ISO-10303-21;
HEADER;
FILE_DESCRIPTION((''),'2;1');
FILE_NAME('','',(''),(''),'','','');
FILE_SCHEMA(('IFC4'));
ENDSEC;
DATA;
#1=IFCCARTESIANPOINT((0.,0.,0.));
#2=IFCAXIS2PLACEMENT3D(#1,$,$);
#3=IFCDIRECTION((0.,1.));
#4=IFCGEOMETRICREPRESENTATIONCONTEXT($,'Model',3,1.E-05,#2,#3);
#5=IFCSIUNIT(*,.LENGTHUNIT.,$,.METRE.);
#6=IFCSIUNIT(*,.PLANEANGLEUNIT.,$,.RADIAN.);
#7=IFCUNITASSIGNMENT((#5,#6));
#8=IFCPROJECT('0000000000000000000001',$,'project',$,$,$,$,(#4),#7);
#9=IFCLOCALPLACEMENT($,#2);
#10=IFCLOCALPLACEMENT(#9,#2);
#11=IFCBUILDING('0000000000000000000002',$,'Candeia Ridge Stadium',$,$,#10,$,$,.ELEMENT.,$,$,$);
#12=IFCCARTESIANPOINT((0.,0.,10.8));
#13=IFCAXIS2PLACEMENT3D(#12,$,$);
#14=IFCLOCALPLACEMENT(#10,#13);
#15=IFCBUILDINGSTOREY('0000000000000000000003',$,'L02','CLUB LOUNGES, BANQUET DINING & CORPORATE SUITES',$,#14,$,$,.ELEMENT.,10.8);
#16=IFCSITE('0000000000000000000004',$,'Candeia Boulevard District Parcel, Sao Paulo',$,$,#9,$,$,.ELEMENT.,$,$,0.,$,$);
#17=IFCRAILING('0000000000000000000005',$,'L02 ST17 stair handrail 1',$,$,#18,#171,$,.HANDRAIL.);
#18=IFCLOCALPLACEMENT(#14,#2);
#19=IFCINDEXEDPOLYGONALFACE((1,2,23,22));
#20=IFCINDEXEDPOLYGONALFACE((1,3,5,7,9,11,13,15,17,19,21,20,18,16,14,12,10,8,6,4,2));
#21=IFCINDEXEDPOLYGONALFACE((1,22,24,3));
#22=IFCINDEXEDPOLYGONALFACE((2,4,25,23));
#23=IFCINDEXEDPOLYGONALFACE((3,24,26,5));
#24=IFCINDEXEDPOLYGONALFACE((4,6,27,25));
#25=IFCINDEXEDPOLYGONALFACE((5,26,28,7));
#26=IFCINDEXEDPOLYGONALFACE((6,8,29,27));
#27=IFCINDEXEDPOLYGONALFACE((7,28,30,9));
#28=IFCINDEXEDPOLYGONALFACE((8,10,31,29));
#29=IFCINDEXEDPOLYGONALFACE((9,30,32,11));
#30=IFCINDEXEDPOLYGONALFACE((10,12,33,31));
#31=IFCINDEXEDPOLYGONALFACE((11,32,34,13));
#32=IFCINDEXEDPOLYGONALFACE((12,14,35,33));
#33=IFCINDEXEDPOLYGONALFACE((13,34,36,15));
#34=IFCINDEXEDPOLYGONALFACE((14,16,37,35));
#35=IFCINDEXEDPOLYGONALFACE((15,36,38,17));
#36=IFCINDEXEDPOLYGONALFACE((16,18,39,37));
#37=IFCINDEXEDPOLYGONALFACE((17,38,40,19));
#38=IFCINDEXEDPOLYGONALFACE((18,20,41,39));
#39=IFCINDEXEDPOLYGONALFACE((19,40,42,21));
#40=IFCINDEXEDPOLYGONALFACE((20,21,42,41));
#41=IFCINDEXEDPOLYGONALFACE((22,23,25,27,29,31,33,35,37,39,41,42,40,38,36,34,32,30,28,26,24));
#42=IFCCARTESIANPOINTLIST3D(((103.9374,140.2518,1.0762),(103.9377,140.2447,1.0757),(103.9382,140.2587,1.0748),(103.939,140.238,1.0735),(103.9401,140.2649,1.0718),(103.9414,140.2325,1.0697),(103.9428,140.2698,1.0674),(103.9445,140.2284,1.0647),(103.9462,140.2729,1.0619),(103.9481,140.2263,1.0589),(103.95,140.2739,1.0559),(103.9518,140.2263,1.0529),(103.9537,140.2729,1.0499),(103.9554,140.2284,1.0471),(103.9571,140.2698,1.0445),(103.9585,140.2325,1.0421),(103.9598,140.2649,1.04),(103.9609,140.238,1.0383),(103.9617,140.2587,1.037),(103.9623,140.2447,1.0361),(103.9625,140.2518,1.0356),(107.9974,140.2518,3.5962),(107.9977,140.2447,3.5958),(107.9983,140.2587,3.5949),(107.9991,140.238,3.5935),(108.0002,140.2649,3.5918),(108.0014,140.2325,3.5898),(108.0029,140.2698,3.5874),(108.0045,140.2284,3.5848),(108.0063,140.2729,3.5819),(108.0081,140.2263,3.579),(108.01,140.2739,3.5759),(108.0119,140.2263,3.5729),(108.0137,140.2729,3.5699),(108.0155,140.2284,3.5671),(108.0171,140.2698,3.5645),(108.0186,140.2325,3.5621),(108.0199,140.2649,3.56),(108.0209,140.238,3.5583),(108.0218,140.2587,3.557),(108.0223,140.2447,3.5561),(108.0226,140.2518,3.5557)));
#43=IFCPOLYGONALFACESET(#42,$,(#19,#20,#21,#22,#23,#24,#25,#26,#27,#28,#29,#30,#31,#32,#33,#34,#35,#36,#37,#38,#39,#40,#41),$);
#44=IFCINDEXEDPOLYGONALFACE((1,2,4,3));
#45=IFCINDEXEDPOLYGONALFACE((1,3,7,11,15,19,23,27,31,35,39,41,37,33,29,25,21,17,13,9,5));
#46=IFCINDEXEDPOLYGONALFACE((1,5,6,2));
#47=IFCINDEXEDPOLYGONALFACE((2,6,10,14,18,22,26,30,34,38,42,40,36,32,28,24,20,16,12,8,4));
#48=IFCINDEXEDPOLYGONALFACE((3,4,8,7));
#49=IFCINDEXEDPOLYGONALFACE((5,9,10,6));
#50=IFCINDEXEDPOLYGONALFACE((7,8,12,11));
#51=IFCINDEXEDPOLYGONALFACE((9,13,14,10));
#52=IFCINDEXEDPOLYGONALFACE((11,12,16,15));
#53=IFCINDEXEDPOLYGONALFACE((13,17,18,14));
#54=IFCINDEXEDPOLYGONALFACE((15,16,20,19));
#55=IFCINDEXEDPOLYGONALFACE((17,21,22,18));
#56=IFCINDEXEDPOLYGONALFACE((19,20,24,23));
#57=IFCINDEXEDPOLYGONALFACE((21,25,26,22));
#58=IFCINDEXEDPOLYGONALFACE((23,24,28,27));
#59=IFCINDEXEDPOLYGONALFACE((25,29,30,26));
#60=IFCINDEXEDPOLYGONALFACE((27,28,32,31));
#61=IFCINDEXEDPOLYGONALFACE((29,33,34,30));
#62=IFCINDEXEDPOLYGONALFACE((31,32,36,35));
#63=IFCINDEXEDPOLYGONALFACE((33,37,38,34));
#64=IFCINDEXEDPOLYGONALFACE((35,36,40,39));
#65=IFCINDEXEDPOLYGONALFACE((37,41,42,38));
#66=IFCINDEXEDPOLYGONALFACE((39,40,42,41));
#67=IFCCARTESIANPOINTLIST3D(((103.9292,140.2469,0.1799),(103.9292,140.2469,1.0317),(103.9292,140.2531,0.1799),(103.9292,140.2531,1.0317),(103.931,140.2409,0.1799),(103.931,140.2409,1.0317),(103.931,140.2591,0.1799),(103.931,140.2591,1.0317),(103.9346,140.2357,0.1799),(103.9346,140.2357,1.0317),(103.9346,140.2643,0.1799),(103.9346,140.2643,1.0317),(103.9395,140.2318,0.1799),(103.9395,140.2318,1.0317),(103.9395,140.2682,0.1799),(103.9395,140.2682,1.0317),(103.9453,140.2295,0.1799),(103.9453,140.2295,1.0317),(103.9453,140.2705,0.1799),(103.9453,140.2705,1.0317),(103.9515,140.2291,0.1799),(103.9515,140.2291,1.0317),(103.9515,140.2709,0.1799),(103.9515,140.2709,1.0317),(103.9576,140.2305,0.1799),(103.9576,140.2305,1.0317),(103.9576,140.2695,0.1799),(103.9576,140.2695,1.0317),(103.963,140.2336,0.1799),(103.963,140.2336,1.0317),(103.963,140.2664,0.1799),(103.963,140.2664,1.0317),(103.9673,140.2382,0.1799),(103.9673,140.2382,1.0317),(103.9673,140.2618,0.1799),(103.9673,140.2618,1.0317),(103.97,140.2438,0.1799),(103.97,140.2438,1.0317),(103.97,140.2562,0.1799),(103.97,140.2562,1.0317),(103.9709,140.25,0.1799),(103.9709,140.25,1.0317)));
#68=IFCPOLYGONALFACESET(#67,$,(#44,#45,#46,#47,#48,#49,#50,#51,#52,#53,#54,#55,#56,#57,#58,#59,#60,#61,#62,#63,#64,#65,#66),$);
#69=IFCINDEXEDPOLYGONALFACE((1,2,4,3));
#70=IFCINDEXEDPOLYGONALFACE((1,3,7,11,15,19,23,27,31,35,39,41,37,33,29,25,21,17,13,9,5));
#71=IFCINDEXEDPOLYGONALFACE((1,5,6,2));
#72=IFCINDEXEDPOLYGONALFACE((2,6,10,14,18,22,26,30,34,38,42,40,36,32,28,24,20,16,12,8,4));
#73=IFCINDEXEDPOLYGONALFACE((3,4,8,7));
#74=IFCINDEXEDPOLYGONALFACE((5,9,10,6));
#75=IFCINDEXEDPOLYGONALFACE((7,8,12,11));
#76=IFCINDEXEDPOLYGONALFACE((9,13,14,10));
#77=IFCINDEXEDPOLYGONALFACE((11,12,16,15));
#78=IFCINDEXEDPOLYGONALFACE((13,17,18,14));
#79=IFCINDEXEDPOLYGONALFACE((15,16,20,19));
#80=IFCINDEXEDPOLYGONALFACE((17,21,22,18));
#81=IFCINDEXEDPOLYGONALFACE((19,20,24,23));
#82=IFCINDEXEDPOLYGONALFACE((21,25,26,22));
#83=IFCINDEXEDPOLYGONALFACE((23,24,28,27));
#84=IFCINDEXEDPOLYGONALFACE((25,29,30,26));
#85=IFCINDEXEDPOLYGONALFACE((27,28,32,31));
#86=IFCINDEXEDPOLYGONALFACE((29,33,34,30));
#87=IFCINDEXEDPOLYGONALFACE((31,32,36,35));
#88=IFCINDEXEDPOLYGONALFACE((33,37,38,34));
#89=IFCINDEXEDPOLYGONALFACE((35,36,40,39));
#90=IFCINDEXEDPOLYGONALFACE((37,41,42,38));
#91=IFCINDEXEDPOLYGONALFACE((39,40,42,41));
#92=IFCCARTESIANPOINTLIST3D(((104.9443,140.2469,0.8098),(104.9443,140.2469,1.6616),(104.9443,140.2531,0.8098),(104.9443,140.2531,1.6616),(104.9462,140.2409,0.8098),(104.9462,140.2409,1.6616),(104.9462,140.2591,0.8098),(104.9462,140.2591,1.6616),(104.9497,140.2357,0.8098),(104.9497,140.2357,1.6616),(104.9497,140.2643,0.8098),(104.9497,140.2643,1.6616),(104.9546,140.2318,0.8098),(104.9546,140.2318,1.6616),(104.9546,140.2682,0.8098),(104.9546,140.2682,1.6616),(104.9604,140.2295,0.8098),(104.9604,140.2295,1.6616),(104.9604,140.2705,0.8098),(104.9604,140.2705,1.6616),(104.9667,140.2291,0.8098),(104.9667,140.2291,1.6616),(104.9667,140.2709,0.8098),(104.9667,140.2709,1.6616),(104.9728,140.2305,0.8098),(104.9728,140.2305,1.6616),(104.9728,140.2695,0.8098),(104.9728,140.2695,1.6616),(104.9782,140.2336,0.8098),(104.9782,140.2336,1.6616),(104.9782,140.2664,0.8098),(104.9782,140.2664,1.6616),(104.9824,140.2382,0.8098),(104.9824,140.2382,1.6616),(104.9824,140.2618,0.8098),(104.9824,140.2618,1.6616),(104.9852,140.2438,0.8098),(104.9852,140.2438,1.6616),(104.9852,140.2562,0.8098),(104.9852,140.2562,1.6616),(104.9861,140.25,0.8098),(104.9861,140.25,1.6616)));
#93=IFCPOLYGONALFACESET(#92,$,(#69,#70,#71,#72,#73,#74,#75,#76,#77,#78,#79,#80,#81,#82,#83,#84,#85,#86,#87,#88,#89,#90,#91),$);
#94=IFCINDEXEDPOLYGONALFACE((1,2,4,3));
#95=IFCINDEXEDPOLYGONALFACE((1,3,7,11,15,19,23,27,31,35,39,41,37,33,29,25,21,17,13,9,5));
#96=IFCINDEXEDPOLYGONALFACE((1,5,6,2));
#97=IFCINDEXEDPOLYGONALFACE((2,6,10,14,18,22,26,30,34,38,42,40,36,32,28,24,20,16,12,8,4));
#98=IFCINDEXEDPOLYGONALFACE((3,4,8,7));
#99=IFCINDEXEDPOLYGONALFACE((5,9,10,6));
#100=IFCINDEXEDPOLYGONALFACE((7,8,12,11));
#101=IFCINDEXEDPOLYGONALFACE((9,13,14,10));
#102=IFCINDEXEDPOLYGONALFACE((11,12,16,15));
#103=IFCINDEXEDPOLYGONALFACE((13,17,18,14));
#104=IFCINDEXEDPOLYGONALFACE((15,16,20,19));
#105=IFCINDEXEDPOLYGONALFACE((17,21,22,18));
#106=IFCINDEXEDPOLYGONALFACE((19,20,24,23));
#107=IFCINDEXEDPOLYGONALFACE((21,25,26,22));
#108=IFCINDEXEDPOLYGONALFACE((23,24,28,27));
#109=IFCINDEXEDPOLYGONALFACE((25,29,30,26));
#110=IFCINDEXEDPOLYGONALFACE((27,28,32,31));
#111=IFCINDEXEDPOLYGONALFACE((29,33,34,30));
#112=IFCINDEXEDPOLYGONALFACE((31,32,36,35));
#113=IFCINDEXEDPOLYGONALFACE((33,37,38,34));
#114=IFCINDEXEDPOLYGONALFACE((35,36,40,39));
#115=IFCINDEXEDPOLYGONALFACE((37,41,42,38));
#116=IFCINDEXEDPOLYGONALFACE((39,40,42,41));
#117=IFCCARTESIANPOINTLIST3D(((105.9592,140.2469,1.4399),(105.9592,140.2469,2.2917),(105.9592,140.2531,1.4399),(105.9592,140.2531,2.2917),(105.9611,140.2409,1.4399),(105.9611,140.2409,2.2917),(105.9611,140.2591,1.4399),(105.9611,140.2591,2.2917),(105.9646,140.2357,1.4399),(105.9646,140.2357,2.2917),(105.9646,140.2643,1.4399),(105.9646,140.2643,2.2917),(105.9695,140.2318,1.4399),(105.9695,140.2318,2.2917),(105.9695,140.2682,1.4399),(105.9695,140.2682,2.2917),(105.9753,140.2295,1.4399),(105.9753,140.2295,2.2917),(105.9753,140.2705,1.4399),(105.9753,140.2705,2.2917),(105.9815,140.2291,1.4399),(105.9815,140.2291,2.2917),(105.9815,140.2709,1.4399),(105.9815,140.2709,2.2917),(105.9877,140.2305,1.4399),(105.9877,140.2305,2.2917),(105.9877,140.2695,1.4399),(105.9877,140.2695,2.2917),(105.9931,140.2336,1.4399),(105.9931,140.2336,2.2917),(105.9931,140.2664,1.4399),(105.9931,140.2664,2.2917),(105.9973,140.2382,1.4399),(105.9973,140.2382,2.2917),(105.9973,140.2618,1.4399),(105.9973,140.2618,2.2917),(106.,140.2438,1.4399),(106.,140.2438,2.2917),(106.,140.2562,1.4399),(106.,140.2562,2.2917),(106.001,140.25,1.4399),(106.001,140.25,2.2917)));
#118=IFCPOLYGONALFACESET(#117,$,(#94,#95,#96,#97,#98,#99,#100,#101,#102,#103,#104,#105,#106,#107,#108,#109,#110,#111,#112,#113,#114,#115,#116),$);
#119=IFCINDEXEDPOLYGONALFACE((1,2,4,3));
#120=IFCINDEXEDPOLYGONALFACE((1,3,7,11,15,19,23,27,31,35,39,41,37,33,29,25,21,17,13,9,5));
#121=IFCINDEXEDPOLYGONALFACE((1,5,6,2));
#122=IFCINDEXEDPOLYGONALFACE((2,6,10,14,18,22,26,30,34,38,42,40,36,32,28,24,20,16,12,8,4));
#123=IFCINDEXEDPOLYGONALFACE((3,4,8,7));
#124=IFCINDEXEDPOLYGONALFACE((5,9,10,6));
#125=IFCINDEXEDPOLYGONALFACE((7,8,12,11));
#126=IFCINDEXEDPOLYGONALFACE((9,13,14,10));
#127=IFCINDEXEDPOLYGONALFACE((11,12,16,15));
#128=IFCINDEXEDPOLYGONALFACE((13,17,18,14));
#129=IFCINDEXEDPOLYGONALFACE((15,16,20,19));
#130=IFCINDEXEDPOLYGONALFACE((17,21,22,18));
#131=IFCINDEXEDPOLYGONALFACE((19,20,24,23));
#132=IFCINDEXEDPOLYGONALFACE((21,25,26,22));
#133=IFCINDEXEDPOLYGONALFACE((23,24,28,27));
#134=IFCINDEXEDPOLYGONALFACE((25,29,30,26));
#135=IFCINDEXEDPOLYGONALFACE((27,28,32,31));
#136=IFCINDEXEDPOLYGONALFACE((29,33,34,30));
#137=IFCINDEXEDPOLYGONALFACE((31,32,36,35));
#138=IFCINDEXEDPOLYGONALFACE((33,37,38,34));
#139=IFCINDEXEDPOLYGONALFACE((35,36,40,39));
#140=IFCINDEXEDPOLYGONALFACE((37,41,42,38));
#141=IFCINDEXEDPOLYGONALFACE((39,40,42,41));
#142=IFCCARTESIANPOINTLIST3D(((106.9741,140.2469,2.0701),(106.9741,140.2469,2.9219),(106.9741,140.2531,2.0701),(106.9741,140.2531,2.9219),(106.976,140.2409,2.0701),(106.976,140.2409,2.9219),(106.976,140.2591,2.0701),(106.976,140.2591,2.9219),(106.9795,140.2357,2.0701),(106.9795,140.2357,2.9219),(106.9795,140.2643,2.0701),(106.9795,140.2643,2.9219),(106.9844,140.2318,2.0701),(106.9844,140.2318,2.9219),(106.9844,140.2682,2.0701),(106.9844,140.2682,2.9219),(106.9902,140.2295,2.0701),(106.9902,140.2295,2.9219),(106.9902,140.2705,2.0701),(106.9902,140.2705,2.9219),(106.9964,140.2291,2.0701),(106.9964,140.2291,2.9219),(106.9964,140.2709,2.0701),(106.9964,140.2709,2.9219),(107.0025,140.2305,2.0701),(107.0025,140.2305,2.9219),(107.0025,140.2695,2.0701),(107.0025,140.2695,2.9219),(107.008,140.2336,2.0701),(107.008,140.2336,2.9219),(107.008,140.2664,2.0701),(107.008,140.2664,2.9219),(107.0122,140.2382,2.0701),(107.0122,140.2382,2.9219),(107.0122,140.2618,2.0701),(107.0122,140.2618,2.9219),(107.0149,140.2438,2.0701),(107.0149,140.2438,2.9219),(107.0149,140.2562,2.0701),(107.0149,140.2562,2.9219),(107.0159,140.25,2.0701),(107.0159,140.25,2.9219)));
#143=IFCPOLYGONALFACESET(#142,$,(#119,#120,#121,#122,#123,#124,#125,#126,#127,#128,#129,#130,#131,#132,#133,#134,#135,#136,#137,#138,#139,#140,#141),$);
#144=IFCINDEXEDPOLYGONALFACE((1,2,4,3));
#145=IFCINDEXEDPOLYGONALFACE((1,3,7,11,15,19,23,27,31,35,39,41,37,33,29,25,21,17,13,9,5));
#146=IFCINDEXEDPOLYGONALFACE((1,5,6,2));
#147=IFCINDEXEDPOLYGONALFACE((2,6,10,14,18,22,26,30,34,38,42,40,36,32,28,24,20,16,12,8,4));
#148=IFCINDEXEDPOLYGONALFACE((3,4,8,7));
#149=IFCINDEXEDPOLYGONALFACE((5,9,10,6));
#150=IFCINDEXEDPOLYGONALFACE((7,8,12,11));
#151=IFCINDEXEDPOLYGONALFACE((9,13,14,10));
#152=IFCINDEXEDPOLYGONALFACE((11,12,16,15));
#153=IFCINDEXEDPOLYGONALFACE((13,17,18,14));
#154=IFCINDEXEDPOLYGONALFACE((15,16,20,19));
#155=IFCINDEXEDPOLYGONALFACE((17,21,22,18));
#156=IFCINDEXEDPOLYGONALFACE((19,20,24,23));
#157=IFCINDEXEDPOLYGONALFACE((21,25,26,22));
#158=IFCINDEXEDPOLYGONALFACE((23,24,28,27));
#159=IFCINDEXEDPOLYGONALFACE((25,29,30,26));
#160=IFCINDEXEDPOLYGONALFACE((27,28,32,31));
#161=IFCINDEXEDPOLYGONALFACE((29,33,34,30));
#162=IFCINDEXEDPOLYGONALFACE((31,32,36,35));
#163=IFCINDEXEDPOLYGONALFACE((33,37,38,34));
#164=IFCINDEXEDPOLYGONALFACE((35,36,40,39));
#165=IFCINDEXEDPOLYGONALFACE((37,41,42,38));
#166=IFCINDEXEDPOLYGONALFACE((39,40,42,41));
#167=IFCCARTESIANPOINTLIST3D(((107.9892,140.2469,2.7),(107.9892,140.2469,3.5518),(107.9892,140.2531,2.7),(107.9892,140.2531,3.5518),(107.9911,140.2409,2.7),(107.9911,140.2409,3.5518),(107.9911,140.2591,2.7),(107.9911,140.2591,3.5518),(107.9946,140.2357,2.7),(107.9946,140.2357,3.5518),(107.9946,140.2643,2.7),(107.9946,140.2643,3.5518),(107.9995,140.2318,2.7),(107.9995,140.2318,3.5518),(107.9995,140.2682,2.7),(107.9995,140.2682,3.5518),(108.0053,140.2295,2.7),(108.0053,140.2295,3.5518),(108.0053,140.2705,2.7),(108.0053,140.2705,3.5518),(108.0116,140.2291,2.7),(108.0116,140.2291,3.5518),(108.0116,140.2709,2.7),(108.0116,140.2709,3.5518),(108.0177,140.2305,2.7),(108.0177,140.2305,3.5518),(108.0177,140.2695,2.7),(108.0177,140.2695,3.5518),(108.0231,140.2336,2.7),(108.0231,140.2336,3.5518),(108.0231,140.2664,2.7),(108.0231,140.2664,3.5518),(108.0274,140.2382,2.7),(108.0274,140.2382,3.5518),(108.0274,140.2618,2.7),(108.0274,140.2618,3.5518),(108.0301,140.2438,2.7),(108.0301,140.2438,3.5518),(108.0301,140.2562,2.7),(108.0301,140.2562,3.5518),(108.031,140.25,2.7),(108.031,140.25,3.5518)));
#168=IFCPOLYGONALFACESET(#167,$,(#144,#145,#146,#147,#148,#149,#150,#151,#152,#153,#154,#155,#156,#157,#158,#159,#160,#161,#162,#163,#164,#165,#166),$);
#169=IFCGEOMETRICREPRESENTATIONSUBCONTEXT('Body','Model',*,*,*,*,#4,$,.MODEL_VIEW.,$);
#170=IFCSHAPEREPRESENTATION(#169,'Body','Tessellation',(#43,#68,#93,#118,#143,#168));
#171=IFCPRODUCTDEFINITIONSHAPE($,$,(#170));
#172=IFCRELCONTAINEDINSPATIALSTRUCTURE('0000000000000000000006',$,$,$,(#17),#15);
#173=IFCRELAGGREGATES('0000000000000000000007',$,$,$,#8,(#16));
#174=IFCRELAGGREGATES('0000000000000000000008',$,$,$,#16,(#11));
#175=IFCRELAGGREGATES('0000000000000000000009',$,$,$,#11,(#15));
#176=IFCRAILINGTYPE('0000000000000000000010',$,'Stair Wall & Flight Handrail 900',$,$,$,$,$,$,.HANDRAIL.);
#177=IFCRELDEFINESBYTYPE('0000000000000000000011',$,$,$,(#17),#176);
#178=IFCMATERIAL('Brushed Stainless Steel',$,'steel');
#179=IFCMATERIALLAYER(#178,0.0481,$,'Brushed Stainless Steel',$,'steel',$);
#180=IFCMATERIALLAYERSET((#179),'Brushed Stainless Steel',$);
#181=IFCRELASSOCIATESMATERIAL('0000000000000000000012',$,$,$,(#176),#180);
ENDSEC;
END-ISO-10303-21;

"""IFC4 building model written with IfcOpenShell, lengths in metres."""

from ifc_helpers import new_model, si_unit, direction, frame, origin, origin_2d, place, context, subcontext, project, spatial, circle, extrude, material, layer, layer_set, type_object, element, save


model = new_model("IFC4")

# Units and contexts
model_context = context("Model", 3, precision=1e-05, world=origin(), true_north=direction((0.0, 1.0)))
body_context = subcontext(model_context, "Body", "Model", "MODEL_VIEW")
ifc_project = project(units=[si_unit("LENGTHUNIT", "METRE"), si_unit("PLANEANGLEUNIT", "RADIAN")], contexts=[model_context])

# Site, building, storey
site_placement = place(None, origin())
site = spatial("IfcSite", under=ifc_project, at=site_placement, Name="Candeia Boulevard District Parcel, Sao Paulo", CompositionType="ELEMENT", RefElevation=0.0)
building_placement = place(site_placement, origin())
building = spatial("IfcBuilding", under=site, at=building_placement, Name="Candeia Ridge Stadium", CompositionType="ELEMENT")
storey_placement = place(building_placement, frame((0.0, 0.0, 10.8)))
storey = spatial("IfcBuildingStorey", under=building, at=storey_placement, Name="L02", Description="CLUB LOUNGES, BANQUET DINING & CORPORATE SUITES", CompositionType="ELEMENT", Elevation=10.8)

# Railing
ifc_material_1 = material(Name="Brushed Stainless Steel", Category="steel")
ifc_layer_1 = layer(ifc_material_1, 0.0481, Name="Brushed Stainless Steel", Category="steel")
ifc_layer_set_1 = layer_set([ifc_layer_1], Name="Brushed Stainless Steel")
railing_type_1 = type_object("IfcRailingType", Name="Stair Wall & Flight Handrail 900", PredefinedType="HANDRAIL", material=ifc_layer_set_1)
railing_1_placement = place(storey_placement, frame((103.95, 140.25, 0.1799)))
element("IfcRailing", 1, at=railing_1_placement, inside=storey, type_object=railing_type_1, Name="L02 ST17 stair handrail 1", PredefinedType="HANDRAIL", context=body_context, shape_type="SweptSolid", body=[
    extrude(circle(Radius=0.0239, at=origin_2d()), frame((0.0, 0.0, 0.876), z_axis=(0.849642, 0.0, 0.52736), x_axis=(0.0, 1.0, 0.0)), (0.0, 0.0, 1.0), 4.7786),
    extrude(circle(Radius=0.021, at=origin_2d()), origin(), (0.0, 0.0, 1.0), 0.8518),
    extrude(circle(Radius=0.021, at=origin_2d()), frame((1.0151, 0.0, 0.6299)), (0.0, 0.0, 1.0), 0.8518),
    extrude(circle(Radius=0.021, at=origin_2d()), frame((2.03, 0.0, 1.26)), (0.0, 0.0, 1.0), 0.8518),
    extrude(circle(Radius=0.021, at=origin_2d()), frame((3.0449, 0.0, 1.8901)), (0.0, 0.0, 1.0), 0.8518),
    extrude(circle(Radius=0.021, at=origin_2d()), frame((4.0601, 0.0, 2.52)), (0.0, 0.0, 1.0), 0.8518),
])

save(model, "model.ifc")
